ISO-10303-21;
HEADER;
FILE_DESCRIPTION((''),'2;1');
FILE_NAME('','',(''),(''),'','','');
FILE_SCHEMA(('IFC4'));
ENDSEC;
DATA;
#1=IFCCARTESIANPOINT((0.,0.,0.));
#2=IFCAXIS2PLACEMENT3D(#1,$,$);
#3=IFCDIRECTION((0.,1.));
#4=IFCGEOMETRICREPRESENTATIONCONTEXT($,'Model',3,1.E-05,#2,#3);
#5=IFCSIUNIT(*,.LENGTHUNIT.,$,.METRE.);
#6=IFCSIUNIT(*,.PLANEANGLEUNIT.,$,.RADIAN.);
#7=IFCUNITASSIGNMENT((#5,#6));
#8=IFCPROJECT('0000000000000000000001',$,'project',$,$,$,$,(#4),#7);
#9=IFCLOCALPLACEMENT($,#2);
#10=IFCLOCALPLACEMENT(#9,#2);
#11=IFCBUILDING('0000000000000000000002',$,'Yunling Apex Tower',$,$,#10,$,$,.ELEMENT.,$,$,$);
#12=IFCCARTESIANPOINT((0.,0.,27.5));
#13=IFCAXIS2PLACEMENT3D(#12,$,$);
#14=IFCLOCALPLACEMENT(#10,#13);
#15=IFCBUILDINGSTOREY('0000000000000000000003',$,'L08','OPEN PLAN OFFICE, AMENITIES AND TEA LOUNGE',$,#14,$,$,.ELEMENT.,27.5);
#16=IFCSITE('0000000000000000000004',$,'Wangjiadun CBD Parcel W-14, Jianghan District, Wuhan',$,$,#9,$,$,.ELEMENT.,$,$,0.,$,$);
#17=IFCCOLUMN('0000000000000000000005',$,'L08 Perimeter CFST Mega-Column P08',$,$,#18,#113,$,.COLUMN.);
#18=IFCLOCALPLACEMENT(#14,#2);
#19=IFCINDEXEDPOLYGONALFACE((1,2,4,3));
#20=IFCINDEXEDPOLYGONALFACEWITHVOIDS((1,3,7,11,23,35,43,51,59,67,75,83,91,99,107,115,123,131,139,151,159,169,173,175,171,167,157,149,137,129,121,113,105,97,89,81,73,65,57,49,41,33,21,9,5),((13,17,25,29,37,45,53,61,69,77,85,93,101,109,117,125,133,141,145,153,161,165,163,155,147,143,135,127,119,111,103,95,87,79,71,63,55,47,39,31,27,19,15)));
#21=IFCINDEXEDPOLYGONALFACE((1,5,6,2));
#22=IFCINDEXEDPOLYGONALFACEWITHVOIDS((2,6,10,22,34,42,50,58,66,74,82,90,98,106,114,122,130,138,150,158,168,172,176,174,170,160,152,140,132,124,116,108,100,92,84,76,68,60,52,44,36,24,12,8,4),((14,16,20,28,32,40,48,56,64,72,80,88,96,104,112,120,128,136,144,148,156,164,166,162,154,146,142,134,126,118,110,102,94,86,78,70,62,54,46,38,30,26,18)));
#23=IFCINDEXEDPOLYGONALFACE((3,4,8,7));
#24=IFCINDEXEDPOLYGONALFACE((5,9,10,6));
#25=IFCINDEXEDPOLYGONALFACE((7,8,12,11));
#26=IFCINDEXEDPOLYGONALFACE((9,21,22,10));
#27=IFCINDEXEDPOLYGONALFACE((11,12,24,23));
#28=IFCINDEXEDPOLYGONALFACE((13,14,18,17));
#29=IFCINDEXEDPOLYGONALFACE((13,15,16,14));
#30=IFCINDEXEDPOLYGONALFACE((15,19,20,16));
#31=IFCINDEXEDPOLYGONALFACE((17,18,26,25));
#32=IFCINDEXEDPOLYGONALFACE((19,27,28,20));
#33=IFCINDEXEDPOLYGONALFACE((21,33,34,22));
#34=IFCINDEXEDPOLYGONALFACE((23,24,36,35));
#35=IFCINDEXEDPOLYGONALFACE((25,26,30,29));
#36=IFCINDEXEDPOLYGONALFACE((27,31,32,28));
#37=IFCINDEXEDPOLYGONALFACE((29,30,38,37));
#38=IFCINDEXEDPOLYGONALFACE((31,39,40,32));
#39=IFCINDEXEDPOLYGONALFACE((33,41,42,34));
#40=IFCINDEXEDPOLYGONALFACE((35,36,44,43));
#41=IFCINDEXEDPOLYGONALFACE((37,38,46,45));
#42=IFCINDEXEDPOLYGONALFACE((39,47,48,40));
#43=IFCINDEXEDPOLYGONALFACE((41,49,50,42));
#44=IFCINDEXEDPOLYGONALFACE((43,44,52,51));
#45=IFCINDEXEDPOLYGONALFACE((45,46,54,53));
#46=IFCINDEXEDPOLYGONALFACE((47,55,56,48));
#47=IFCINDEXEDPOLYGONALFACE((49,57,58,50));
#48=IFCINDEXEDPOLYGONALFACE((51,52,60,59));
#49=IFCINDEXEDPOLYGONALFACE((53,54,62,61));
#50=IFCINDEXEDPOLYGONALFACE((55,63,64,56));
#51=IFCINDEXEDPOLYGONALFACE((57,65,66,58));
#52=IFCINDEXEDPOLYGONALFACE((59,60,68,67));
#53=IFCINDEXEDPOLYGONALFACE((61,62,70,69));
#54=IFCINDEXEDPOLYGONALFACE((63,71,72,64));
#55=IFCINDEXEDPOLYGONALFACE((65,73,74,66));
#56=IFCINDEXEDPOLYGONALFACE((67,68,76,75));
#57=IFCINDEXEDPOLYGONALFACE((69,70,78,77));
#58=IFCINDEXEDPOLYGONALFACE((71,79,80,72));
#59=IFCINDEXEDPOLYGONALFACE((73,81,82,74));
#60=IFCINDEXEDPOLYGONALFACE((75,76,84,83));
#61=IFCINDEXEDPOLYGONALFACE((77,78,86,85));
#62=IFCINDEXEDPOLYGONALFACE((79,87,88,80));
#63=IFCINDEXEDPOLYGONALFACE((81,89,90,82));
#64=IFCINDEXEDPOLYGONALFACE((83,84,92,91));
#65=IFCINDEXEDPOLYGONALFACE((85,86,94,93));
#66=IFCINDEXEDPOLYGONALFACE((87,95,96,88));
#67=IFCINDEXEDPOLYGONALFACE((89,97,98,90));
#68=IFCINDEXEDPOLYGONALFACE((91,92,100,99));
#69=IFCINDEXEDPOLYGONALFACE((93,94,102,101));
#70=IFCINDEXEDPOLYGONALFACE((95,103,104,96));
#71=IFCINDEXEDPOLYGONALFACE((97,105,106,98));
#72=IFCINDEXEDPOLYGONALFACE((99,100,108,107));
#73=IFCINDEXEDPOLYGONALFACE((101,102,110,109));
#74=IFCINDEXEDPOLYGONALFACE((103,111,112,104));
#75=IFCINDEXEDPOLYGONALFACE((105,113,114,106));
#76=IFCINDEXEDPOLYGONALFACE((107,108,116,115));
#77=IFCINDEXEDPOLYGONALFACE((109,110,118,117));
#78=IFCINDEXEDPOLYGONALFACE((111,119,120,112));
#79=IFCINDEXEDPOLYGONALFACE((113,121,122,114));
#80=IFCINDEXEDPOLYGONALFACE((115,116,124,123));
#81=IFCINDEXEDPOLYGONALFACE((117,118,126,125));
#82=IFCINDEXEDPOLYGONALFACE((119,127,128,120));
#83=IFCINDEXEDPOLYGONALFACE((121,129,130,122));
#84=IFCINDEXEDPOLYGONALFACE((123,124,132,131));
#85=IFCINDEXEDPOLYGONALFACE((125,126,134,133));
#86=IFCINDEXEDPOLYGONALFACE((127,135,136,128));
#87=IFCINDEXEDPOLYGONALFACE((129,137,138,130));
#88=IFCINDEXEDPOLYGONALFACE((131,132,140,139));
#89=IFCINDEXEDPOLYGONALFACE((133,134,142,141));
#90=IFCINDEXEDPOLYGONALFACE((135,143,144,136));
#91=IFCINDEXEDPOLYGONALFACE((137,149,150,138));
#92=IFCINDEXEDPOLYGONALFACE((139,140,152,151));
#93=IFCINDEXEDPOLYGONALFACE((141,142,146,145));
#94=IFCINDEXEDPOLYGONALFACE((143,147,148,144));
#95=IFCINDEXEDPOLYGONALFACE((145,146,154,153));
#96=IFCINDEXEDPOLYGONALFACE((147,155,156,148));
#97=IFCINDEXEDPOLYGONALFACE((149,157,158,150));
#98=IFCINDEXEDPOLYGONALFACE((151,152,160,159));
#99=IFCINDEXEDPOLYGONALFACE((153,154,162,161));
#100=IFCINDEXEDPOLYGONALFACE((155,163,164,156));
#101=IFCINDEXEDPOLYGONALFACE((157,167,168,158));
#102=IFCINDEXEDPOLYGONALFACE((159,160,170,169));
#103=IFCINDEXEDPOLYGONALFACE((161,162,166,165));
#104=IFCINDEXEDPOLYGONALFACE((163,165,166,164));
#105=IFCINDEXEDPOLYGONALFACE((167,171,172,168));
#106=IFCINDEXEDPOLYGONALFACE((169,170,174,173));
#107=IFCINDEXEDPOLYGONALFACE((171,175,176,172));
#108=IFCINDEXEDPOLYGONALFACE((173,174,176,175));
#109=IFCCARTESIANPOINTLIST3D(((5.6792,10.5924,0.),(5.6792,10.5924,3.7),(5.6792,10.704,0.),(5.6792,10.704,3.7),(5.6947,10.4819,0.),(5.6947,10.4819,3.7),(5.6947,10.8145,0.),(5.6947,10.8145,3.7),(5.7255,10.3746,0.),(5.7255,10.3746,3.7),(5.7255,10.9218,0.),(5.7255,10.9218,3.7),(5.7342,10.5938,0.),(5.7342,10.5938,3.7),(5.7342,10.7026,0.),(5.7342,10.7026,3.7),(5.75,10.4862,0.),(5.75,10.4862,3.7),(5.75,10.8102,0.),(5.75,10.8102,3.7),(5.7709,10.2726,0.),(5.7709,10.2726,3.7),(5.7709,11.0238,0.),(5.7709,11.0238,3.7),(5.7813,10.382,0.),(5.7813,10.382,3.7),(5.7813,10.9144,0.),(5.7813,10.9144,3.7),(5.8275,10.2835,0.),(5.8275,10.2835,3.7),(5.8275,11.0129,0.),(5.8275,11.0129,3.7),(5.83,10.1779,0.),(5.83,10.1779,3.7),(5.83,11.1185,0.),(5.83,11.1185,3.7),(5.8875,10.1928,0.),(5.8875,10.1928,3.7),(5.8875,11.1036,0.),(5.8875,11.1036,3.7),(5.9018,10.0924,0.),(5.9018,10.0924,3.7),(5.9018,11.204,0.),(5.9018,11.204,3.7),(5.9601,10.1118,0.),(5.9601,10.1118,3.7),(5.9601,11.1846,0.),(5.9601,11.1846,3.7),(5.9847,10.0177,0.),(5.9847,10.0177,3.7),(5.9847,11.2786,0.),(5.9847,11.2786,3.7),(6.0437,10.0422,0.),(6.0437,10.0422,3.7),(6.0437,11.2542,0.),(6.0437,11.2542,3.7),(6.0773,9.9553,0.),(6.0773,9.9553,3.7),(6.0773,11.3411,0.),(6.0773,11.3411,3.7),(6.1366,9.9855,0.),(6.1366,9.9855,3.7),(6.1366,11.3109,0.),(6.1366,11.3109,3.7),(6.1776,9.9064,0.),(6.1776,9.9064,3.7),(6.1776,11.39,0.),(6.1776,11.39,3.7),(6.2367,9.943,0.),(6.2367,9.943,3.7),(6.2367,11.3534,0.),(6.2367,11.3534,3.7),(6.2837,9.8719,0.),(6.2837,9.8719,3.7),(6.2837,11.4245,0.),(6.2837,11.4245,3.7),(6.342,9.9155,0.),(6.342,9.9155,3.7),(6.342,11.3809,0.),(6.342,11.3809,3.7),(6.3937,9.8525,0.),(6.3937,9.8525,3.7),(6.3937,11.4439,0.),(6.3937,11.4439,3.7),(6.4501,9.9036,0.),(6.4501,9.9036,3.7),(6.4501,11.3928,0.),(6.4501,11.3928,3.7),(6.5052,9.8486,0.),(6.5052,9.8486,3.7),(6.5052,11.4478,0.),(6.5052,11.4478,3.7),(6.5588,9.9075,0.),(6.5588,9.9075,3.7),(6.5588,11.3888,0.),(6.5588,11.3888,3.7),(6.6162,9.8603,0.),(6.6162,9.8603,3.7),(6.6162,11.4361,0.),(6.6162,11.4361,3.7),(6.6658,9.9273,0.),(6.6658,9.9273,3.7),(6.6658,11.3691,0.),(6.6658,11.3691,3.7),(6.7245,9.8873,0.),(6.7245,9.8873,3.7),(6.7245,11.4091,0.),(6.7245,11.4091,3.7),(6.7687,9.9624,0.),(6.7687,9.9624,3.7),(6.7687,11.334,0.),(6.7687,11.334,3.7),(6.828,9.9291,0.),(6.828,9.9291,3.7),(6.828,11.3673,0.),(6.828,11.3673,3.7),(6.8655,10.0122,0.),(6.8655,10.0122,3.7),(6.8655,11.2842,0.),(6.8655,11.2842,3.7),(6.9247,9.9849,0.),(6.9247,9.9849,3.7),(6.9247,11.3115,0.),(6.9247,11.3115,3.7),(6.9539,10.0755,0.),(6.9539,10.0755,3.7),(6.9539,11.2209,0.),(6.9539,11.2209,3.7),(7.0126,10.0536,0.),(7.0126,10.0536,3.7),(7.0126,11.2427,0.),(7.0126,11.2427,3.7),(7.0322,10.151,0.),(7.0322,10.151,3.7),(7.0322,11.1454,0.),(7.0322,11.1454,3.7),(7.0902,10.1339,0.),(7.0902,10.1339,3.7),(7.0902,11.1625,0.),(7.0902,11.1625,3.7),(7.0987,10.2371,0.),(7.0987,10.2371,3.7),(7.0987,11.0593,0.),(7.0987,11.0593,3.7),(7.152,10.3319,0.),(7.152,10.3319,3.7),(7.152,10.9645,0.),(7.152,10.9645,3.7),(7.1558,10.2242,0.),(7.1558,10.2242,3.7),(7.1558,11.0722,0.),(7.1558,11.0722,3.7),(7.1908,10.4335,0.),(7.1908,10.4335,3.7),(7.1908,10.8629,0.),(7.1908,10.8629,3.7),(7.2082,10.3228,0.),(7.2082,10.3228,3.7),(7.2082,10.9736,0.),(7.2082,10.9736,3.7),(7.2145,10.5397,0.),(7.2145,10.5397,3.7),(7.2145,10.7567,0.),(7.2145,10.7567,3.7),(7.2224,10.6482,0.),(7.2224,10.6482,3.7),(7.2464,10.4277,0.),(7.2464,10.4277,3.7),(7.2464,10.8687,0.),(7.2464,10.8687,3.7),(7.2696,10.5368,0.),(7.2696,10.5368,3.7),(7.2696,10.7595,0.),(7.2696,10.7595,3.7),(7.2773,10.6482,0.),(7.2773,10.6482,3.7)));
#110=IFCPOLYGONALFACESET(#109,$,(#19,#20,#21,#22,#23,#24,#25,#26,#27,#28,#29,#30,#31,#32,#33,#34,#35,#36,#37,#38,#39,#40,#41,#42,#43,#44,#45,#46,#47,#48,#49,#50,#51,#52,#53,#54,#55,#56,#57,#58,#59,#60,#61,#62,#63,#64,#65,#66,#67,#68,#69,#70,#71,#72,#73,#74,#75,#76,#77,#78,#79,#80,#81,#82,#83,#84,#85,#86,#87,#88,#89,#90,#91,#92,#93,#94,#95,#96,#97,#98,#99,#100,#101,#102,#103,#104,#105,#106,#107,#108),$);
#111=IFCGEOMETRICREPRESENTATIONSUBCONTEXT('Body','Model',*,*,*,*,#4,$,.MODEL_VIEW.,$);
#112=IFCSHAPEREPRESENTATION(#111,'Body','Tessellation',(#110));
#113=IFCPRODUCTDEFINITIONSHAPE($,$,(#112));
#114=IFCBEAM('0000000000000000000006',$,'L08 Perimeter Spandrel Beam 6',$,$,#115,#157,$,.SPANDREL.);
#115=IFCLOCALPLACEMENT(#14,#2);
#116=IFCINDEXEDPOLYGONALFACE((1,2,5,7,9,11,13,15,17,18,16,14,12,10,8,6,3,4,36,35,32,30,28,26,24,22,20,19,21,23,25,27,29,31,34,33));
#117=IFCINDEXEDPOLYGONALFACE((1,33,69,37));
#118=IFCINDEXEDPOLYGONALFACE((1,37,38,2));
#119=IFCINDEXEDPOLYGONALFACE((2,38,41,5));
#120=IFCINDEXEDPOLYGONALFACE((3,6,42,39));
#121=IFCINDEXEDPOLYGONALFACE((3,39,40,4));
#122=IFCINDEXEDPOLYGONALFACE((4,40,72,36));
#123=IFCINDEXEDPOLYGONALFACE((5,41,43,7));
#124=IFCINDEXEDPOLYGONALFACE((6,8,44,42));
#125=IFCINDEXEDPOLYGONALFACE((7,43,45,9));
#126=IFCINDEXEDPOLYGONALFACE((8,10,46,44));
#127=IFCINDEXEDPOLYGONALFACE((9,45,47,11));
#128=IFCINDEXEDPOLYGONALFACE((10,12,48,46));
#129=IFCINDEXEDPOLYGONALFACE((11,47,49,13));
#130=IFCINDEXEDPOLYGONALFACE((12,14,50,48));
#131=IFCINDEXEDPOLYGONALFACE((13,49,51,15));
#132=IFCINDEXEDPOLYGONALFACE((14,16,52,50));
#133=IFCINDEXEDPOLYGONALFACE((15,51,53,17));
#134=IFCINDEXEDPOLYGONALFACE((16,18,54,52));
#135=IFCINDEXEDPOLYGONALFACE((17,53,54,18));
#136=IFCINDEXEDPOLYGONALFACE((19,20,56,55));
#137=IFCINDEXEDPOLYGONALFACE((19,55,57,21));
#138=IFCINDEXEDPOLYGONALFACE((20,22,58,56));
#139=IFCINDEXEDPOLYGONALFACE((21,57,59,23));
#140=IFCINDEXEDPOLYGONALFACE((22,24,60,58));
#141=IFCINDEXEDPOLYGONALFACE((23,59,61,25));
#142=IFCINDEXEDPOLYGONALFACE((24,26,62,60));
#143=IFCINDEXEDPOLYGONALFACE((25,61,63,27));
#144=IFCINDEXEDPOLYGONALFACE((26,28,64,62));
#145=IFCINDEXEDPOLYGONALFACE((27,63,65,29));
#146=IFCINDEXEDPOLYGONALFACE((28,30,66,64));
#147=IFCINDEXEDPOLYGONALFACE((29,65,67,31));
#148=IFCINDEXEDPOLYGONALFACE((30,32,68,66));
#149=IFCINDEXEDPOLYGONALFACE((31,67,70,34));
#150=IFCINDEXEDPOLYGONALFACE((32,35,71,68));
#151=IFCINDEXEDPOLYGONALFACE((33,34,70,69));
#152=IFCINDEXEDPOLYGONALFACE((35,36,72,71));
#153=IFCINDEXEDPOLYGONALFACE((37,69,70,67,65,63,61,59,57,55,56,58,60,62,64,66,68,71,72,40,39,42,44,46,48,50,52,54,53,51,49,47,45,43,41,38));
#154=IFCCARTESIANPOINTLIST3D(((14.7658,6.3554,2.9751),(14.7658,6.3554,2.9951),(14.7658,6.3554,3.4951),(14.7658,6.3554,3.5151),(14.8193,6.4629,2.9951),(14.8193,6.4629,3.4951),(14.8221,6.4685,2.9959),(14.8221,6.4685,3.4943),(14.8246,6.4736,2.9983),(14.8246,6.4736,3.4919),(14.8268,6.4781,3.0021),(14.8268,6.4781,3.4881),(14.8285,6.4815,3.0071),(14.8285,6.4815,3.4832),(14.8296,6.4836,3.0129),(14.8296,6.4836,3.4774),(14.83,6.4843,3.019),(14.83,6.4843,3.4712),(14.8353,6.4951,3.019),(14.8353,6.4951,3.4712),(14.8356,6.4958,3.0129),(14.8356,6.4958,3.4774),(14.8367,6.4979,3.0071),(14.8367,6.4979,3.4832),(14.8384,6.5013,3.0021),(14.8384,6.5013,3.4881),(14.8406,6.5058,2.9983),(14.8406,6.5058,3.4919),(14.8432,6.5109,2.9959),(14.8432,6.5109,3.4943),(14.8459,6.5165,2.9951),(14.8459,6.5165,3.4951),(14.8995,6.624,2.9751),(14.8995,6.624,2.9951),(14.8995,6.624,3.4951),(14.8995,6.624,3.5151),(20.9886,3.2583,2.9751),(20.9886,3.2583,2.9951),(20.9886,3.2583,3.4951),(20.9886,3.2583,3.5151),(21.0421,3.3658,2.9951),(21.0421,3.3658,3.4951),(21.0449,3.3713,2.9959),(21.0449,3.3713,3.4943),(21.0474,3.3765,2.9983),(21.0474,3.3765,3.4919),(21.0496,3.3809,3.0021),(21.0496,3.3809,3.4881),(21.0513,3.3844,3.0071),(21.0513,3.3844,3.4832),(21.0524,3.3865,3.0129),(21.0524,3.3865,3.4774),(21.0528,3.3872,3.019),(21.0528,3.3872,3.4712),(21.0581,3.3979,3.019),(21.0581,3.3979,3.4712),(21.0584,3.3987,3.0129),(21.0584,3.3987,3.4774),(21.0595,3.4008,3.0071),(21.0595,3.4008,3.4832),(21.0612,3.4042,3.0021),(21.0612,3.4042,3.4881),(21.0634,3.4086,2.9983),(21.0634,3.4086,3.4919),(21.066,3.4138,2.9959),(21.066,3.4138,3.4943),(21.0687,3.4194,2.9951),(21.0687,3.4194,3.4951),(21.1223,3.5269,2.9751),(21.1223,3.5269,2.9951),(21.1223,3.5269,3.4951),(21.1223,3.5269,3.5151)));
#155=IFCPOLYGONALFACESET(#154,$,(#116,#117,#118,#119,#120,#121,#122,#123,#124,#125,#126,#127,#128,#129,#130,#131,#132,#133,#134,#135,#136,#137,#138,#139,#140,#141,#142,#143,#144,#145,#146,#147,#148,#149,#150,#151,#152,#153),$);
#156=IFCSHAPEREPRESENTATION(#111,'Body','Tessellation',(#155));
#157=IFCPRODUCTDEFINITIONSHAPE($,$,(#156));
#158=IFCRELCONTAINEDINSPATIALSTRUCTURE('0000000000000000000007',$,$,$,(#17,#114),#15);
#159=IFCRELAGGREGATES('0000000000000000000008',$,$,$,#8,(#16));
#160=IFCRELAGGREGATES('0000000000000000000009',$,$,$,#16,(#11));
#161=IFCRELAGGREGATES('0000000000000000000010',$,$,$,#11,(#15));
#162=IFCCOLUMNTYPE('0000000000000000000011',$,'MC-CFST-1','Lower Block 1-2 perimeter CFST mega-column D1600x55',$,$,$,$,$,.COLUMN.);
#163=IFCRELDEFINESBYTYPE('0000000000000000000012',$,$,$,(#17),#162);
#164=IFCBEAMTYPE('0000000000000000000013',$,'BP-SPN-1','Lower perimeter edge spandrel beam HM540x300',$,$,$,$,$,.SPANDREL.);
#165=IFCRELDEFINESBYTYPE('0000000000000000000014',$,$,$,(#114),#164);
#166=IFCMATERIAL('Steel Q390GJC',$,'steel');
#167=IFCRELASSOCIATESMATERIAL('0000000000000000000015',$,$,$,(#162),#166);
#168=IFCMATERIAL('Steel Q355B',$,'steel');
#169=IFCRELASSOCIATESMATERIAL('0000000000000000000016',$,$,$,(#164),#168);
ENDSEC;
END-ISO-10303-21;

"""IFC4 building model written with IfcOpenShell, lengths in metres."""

from ifc_helpers import new_model, si_unit, direction, frame, origin, origin_2d, place, context, subcontext, project, spatial, hollow_circle, i_section, extrude, source, transform, mapped, material, material_profile, profile_set, type_object, element, save


model = new_model("IFC4")

# Units and contexts
model_context = context("Model", 3, precision=1e-05, world=origin(), true_north=direction((0.0, 1.0)))
body_context = subcontext(model_context, "Body", "Model", "MODEL_VIEW")
ifc_project = project(units=[si_unit("LENGTHUNIT", "METRE"), si_unit("PLANEANGLEUNIT", "RADIAN")], contexts=[model_context])

# Site, building, storey
site_placement = place(None, origin())
site = spatial("IfcSite", under=ifc_project, at=site_placement, Name="Wangjiadun CBD Parcel W-14, Jianghan District, Wuhan", CompositionType="ELEMENT", RefElevation=0.0)
building_placement = place(site_placement, origin())
building = spatial("IfcBuilding", under=site, at=building_placement, Name="Yunling Apex Tower", CompositionType="ELEMENT")
storey_placement = place(building_placement, frame((0.0, 0.0, 27.5)))
storey = spatial("IfcBuildingStorey", under=building, at=storey_placement, Name="L08", Description="OPEN PLAN OFFICE, AMENITIES AND TEA LOUNGE", CompositionType="ELEMENT", Elevation=27.5)

# Column
ifc_material_1 = material(Name="Steel Q390GJC", Category="steel")
ifc_material_profile_1 = material_profile(ifc_material_1, hollow_circle(Radius=0.8, WallThickness=0.0549, at=origin_2d()))
ifc_profile_set_1 = profile_set([ifc_material_profile_1], Name="Steel Q390GJC")
column_type = type_object("IfcColumnType", Name="MC-CFST-1", Description="Lower Block 1-2 perimeter CFST mega-column D1600x55", PredefinedType="COLUMN", material=ifc_profile_set_1)
shared_shape_1 = source(origin(), body_context, "Body", "SweptSolid", [
    extrude(hollow_circle(Radius=0.8, WallThickness=0.0549, at=origin_2d()), origin(), (0.0, 0.0, 1.0), 3.7),
])
for number, where, z_axis, x_axis, name in (
    (1, (6.4773, 10.6482, 0.0), (0.0, 0.0, 1.0), (1.0, 0.0, 0.0), "L08 Perimeter CFST Mega-Column P08"),
):
    element("IfcColumn", number, at=place(storey_placement, frame(where, z_axis=z_axis, x_axis=x_axis)), inside=storey, type_object=column_type, Name=name, PredefinedType="COLUMN", context=body_context, shape_type="MappedRepresentation", body=[
        mapped(shared_shape_1, transform((0.0, 0.0, 0.0), scale=1.0)),
    ])

# Beam
ifc_material_2 = material(Name="Steel Q355B", Category="steel")
ifc_material_profile_2 = material_profile(ifc_material_2, i_section(OverallWidth=0.3, OverallDepth=0.54, WebThickness=0.012, FlangeThickness=0.02, FilletRadius=0.0239, at=origin_2d()))
ifc_profile_set_2 = profile_set([ifc_material_profile_2], Name="Steel Q355B")
beam_type_1 = type_object("IfcBeamType", Name="BP-SPN-1", Description="Lower perimeter edge spandrel beam HM540x300", PredefinedType="SPANDREL", material=ifc_profile_set_2)
shared_shape_2 = source(origin(), body_context, "Body", "SweptSolid", [
    extrude(i_section(OverallWidth=0.3, OverallDepth=0.54, WebThickness=0.012, FlangeThickness=0.02, FilletRadius=0.0239, at=origin_2d()), origin(), (0.0, 0.0, 1.0), 6.9509),
])
beam_1_placement = place(storey_placement, frame((21.0554, 3.3926, 3.2451), z_axis=(-0.895248, 0.445569, 0.0), x_axis=(-0.445569, -0.895248, 0.0)))
element("IfcBeam", 2, at=beam_1_placement, inside=storey, type_object=beam_type_1, Name="L08 Perimeter Spandrel Beam 6", PredefinedType="SPANDREL", context=body_context, shape_type="MappedRepresentation", body=[
    mapped(shared_shape_2, transform((0.0, 0.0, 0.0), scale=1.0)),
])

save(model, "model.ifc")
